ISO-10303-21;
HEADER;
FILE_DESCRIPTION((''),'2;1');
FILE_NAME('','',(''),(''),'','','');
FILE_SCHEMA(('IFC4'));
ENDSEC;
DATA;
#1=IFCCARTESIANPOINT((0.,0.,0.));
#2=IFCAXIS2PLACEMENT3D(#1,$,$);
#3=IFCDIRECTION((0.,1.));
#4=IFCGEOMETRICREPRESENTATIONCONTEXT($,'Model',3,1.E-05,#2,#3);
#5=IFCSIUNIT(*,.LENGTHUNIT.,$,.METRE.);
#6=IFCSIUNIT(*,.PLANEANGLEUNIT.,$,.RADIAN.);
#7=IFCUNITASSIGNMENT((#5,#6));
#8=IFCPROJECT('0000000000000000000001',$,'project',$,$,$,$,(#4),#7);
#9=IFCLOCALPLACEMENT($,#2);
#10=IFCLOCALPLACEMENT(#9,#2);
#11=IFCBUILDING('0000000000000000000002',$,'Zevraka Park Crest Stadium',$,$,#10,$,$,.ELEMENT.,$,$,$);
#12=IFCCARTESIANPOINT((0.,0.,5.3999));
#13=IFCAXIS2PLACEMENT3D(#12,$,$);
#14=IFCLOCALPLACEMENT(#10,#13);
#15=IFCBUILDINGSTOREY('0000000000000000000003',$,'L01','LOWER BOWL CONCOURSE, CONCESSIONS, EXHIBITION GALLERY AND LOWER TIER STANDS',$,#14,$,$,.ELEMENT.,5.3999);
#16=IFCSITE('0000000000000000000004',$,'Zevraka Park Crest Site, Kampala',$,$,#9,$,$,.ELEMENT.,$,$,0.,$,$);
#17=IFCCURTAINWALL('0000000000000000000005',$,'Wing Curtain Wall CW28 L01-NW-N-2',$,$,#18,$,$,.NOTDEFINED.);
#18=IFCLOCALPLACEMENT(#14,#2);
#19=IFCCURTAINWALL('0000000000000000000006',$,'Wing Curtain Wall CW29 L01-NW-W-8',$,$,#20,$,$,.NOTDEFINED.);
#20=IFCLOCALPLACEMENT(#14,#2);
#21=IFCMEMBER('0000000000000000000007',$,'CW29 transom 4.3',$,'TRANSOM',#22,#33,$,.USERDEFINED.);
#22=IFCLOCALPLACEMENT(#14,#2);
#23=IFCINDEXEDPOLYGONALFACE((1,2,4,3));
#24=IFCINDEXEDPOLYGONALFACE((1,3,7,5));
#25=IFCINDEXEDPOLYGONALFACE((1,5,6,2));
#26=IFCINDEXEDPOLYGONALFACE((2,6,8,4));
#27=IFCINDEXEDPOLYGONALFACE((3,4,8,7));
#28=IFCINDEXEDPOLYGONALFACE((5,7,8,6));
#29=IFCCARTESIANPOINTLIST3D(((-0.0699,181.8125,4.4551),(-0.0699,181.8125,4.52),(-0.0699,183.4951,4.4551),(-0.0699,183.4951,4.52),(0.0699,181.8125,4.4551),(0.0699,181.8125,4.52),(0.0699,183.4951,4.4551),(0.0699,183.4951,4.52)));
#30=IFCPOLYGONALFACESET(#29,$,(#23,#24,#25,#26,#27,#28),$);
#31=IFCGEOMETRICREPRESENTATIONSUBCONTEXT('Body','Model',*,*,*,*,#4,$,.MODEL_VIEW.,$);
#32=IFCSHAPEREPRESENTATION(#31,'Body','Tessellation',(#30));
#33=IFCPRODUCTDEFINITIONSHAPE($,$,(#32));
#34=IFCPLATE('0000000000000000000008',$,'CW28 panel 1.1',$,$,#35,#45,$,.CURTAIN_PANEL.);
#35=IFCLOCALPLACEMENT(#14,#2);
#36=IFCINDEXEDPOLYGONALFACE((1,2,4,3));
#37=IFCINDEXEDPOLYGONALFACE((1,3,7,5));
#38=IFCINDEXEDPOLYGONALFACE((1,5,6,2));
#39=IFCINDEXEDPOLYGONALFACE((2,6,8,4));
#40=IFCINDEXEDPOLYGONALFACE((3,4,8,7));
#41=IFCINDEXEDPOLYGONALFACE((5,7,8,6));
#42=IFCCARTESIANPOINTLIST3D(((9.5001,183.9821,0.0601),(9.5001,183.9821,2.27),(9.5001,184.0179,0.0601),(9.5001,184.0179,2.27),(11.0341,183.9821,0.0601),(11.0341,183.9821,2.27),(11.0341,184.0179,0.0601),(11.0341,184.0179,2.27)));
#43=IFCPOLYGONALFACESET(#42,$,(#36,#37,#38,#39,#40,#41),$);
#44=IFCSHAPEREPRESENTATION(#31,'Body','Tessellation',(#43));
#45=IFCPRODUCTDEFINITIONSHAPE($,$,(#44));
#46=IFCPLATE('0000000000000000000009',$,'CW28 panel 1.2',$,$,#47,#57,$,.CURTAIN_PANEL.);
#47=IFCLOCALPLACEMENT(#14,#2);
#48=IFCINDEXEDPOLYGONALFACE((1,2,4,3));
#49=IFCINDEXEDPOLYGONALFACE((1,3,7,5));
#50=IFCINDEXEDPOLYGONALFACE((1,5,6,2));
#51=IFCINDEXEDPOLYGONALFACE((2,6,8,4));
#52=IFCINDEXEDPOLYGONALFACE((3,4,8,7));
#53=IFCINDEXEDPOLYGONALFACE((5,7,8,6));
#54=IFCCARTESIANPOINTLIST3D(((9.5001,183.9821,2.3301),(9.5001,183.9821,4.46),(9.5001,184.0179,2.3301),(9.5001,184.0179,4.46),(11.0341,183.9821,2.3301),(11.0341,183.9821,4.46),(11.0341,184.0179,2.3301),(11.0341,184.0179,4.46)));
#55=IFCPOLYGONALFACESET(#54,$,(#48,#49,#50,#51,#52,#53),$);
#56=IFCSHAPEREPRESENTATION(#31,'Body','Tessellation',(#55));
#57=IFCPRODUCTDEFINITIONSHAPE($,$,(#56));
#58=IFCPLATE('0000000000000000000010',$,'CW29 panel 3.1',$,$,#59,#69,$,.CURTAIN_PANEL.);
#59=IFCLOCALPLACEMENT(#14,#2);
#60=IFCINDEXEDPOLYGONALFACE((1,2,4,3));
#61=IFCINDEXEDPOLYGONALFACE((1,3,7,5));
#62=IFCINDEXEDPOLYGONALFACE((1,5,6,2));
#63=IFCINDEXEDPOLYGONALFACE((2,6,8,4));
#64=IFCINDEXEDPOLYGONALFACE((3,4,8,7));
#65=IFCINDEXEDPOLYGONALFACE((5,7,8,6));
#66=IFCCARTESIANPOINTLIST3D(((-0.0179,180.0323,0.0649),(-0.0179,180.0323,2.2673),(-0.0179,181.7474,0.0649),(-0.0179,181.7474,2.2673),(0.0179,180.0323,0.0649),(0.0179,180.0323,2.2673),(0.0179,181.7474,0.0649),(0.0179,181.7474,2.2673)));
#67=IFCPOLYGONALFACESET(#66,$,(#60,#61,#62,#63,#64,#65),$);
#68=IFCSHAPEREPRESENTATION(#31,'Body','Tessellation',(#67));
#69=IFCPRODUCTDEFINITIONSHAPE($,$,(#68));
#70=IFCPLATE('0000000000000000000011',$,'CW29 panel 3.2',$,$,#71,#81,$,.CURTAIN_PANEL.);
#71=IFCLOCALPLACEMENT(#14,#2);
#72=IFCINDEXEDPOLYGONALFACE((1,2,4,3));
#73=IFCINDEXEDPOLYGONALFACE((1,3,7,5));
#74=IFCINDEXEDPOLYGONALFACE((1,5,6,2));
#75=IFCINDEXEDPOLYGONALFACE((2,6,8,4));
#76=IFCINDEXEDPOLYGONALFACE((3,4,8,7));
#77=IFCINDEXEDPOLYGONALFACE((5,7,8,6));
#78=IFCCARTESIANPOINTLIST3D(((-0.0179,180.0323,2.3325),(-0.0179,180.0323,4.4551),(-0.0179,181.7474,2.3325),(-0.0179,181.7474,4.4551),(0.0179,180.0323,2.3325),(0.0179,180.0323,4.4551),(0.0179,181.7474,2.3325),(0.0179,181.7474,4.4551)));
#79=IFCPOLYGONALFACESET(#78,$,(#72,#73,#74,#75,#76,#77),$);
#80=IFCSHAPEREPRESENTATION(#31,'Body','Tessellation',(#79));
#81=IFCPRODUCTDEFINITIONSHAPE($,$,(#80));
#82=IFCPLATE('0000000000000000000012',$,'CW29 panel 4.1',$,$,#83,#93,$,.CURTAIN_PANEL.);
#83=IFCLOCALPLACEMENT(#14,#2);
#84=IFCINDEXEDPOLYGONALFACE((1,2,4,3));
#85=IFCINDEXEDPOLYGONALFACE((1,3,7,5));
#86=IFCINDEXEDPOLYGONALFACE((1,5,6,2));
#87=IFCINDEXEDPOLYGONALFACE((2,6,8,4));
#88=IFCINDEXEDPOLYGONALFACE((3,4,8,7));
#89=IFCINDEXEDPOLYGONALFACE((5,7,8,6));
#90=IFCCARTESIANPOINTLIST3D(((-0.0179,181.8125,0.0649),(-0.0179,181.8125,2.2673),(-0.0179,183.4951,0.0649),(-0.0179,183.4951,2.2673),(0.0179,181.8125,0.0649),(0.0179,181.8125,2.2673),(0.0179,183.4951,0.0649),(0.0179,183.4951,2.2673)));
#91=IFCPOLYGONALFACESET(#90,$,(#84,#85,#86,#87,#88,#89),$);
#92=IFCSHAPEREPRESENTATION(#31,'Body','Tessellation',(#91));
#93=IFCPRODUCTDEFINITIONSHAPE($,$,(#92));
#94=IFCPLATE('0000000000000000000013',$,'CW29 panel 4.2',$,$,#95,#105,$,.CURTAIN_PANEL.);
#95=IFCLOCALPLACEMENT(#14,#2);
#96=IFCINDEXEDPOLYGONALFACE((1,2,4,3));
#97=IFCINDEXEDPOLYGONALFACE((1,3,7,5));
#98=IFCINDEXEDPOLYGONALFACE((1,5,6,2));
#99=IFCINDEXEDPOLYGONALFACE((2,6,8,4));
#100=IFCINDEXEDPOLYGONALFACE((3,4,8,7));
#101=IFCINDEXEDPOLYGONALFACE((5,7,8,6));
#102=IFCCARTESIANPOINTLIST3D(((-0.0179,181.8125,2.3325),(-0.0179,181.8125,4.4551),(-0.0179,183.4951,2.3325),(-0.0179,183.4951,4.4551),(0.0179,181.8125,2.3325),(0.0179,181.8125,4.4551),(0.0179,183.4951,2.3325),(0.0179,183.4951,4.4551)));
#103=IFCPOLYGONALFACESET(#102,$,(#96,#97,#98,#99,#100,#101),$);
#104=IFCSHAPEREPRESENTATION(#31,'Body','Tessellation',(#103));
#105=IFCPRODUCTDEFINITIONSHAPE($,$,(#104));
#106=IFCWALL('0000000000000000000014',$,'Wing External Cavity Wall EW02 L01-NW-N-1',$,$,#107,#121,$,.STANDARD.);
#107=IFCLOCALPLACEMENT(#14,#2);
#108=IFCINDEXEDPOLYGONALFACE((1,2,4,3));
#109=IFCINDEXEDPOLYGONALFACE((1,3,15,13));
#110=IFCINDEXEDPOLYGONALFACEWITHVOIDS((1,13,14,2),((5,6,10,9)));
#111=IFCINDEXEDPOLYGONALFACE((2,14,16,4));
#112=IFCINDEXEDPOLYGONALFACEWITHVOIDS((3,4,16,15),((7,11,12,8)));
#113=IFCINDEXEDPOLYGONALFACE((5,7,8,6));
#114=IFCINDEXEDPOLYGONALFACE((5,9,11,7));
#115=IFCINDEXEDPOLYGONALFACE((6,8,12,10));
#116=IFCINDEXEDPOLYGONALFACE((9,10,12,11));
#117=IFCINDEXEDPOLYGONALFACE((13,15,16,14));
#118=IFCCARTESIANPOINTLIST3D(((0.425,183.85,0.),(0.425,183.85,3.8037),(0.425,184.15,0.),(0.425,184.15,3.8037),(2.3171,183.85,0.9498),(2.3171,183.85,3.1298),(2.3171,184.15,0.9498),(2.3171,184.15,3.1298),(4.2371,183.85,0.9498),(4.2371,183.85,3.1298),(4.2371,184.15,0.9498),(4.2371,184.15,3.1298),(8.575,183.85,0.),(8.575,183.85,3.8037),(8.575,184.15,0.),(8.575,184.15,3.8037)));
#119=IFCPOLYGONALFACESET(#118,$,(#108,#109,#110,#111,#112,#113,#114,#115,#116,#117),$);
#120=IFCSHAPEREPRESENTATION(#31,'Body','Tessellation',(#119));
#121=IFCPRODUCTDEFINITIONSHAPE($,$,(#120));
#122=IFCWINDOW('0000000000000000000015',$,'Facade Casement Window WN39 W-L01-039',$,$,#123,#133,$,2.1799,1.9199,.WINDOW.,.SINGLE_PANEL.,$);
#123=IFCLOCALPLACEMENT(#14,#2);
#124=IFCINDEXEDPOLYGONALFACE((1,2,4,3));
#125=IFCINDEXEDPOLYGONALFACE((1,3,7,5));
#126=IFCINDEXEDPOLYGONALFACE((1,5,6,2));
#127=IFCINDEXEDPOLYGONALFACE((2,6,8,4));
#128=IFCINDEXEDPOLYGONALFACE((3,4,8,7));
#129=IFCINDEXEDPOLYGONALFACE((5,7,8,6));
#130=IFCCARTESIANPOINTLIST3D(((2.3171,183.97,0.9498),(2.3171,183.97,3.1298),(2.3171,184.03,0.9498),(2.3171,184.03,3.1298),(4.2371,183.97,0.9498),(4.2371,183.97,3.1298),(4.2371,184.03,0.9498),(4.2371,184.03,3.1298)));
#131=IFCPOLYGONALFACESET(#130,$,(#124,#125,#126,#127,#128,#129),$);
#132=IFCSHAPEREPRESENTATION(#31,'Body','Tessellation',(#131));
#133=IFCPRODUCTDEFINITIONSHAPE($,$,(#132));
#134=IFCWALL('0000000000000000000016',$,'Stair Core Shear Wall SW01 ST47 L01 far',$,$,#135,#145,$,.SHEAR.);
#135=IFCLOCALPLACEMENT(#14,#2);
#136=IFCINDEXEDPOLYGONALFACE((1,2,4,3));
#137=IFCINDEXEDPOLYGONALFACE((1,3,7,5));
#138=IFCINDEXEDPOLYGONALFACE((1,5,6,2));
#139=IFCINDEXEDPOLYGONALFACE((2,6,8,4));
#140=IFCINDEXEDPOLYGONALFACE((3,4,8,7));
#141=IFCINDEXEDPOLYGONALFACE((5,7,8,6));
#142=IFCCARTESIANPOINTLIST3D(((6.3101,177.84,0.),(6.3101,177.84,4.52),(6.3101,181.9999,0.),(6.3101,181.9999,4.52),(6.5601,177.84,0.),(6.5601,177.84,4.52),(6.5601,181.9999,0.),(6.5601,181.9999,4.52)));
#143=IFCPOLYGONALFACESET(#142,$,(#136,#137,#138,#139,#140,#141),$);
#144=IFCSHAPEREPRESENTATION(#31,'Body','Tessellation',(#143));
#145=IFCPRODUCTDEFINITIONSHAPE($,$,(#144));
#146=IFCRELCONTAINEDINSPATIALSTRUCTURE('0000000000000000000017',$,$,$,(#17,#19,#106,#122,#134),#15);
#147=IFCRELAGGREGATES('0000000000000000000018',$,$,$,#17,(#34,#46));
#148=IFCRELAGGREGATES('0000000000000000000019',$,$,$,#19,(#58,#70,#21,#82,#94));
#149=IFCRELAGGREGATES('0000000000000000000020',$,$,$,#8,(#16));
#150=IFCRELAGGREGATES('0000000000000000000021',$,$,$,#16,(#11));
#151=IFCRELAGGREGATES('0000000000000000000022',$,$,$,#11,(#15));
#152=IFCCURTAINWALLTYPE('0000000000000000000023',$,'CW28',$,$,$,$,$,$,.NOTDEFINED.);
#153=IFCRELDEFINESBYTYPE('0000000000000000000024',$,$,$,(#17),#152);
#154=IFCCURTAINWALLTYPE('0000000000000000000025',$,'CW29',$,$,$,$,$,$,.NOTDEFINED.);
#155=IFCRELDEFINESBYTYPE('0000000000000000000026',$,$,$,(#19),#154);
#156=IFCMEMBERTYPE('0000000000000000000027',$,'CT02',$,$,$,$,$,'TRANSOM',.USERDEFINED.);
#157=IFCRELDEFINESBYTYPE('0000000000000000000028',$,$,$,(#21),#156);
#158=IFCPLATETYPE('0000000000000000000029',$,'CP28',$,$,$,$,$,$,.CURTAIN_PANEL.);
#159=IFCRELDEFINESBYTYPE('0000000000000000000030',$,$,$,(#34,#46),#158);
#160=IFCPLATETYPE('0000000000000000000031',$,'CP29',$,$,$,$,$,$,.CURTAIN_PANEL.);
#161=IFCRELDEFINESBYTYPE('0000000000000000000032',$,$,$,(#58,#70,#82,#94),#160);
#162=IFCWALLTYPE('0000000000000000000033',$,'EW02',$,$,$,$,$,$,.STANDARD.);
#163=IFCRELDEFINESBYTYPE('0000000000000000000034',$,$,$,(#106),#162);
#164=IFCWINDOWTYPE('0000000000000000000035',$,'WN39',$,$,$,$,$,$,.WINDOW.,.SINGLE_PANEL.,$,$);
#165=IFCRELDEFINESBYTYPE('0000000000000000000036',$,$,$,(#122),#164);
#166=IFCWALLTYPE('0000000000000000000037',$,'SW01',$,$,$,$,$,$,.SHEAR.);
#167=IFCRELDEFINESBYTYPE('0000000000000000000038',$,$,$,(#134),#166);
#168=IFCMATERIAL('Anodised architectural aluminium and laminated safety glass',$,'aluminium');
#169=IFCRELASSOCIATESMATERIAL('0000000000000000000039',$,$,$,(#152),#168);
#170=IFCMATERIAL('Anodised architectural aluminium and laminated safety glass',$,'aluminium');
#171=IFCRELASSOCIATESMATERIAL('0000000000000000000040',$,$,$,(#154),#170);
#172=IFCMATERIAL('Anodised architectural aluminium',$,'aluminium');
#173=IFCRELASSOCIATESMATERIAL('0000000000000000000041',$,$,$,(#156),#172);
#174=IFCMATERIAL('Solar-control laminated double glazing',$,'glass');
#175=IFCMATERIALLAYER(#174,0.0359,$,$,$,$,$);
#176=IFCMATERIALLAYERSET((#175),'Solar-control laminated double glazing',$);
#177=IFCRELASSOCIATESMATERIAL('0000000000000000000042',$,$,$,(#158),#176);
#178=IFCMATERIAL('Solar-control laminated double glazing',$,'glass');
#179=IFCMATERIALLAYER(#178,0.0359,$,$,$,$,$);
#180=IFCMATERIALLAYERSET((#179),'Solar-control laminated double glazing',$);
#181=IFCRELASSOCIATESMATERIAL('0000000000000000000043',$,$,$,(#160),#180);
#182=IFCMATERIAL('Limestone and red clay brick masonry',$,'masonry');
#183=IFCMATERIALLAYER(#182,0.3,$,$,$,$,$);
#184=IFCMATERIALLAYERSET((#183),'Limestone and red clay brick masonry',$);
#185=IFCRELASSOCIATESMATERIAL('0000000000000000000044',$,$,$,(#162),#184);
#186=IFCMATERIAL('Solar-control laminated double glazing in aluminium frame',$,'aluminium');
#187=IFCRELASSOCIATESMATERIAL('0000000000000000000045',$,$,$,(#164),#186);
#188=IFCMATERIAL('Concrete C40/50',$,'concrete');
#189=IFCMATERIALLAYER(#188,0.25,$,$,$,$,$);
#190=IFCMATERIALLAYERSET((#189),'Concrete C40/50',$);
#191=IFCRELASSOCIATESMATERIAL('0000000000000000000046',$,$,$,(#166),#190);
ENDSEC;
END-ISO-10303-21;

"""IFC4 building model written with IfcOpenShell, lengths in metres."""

from ifc_helpers import new_model, si_unit, direction, frame, frame_2d, origin, origin_2d, place, context, subcontext, project, spatial, rectangle, extrude, material, layer, layer_set, material_profile, profile_set, type_object, element, fill, aggregate, save


model = new_model("IFC4")

# Units and contexts
model_context = context("Model", 3, precision=1e-05, world=origin(), true_north=direction((0.0, 1.0)))
body_context = subcontext(model_context, "Body", "Model", "MODEL_VIEW")
ifc_project = project(units=[si_unit("LENGTHUNIT", "METRE"), si_unit("PLANEANGLEUNIT", "RADIAN")], contexts=[model_context])

# Site, building, storey
site_placement = place(None, origin())
site = spatial("IfcSite", under=ifc_project, at=site_placement, Name="Zevraka Park Crest Site, Kampala", CompositionType="ELEMENT", RefElevation=0.0)
building_placement = place(site_placement, origin())
building = spatial("IfcBuilding", under=site, at=building_placement, Name="Zevraka Park Crest Stadium", CompositionType="ELEMENT")
storey_placement = place(building_placement, frame((0.0, 0.0, 5.3999)))
storey = spatial("IfcBuildingStorey", under=building, at=storey_placement, Name="L01", Description="LOWER BOWL CONCOURSE, CONCESSIONS, EXHIBITION GALLERY AND LOWER TIER STANDS", CompositionType="ELEMENT", Elevation=5.3999)

# Curtain wall
ifc_material_1 = material(Name="Anodised architectural aluminium and laminated safety glass", Category="aluminium")
curtain_wall_type_1 = type_object("IfcCurtainWallType", Name="CW28", PredefinedType="NOTDEFINED", material=ifc_material_1)
curtain_wall_1_placement = place(storey_placement, origin())
curtain_wall_1 = element("IfcCurtainWall", 1, at=curtain_wall_1_placement, inside=storey, type_object=curtain_wall_type_1, Name="Wing Curtain Wall CW28 L01-NW-N-2", PredefinedType="NOTDEFINED")

# Curtain wall
ifc_material_2 = material(Name="Anodised architectural aluminium and laminated safety glass", Category="aluminium")
curtain_wall_type_2 = type_object("IfcCurtainWallType", Name="CW29", PredefinedType="NOTDEFINED", material=ifc_material_2)
curtain_wall_2_placement = place(storey_placement, origin())
curtain_wall_2 = element("IfcCurtainWall", 2, at=curtain_wall_2_placement, inside=storey, type_object=curtain_wall_type_2, Name="Wing Curtain Wall CW29 L01-NW-W-8", PredefinedType="NOTDEFINED")

# Member
ifc_material_3 = material(Name="Anodised architectural aluminium", Category="aluminium")
ifc_material_profile_1 = material_profile(ifc_material_3, rectangle(XDim=0.1399, YDim=0.0649, at=origin_2d()), Name="ALU TRANSOM 140x65")
ifc_profile_set_1 = profile_set([ifc_material_profile_1], Name="Anodised architectural aluminium")
member_type_1 = type_object("IfcMemberType", Name="CT02", ElementType="TRANSOM", PredefinedType="USERDEFINED", material=ifc_profile_set_1)
member_1_placement = place(storey_placement, frame((0.0, 181.8125, 4.4875), z_axis=(0.0, 1.0, 0.0), x_axis=(-1.0, 0.0, 0.0)))
member_1 = element("IfcMember", 3, at=member_1_placement, type_object=member_type_1, Name="CW29 transom 4.3", ObjectType="TRANSOM", PredefinedType="USERDEFINED", context=body_context, shape_type="SweptSolid", body=[
    extrude(rectangle(XDim=0.1399, YDim=0.0649, at=origin_2d()), origin(), (0.0, 0.0, 1.0), 1.6826),
])

# Plates
ifc_material_4 = material(Name="Solar-control laminated double glazing", Category="glass")
ifc_layer_1 = layer(ifc_material_4, 0.0359)
ifc_layer_set_1 = layer_set([ifc_layer_1], Name="Solar-control laminated double glazing")
plate_type_1 = type_object("IfcPlateType", Name="CP28", PredefinedType="CURTAIN_PANEL", material=ifc_layer_set_1)
plate_1_placement = place(storey_placement, frame((10.2671, 184.0, 0.0601), z_axis=(0.0, 0.0, 1.0), x_axis=(1.0, 0.0, 0.0)))
plate_1 = element("IfcPlate", 4, at=plate_1_placement, type_object=plate_type_1, Name="CW28 panel 1.1", PredefinedType="CURTAIN_PANEL", context=body_context, shape_type="SweptSolid", body=[
    extrude(rectangle(XDim=1.5339, YDim=0.0359, at=origin_2d()), origin(), (0.0, 0.0, 1.0), 2.21),
])
plate_2_placement = place(storey_placement, frame((10.2671, 184.0, 2.3301), z_axis=(0.0, 0.0, 1.0), x_axis=(1.0, 0.0, 0.0)))
plate_2 = element("IfcPlate", 5, at=plate_2_placement, type_object=plate_type_1, Name="CW28 panel 1.2", PredefinedType="CURTAIN_PANEL", context=body_context, shape_type="SweptSolid", body=[
    extrude(rectangle(XDim=1.5339, YDim=0.0359, at=origin_2d()), origin(), (0.0, 0.0, 1.0), 2.1299),
])
aggregate(curtain_wall_1, [plate_1, plate_2])
ifc_material_5 = material(Name="Solar-control laminated double glazing", Category="glass")
ifc_layer_2 = layer(ifc_material_5, 0.0359)
ifc_layer_set_2 = layer_set([ifc_layer_2], Name="Solar-control laminated double glazing")
plate_type_2 = type_object("IfcPlateType", Name="CP29", PredefinedType="CURTAIN_PANEL", material=ifc_layer_set_2)
plate_3_placement = place(storey_placement, frame((0.0, 180.8899, 0.0649), z_axis=(0.0, 0.0, 1.0), x_axis=(0.0, 1.0, 0.0)))
plate_3 = element("IfcPlate", 6, at=plate_3_placement, type_object=plate_type_2, Name="CW29 panel 3.1", PredefinedType="CURTAIN_PANEL", context=body_context, shape_type="SweptSolid", body=[
    extrude(rectangle(XDim=1.7151, YDim=0.0359, at=origin_2d()), origin(), (0.0, 0.0, 1.0), 2.2024),
])
plate_4_placement = place(storey_placement, frame((0.0, 180.8899, 2.3325), z_axis=(0.0, 0.0, 1.0), x_axis=(0.0, 1.0, 0.0)))
plate_4 = element("IfcPlate", 7, at=plate_4_placement, type_object=plate_type_2, Name="CW29 panel 3.2", PredefinedType="CURTAIN_PANEL", context=body_context, shape_type="SweptSolid", body=[
    extrude(rectangle(XDim=1.7151, YDim=0.0359, at=origin_2d()), origin(), (0.0, 0.0, 1.0), 2.1226),
])
plate_5_placement = place(storey_placement, frame((0.0, 182.6538, 0.0649), z_axis=(0.0, 0.0, 1.0), x_axis=(0.0, 1.0, 0.0)))
plate_5 = element("IfcPlate", 8, at=plate_5_placement, type_object=plate_type_2, Name="CW29 panel 4.1", PredefinedType="CURTAIN_PANEL", context=body_context, shape_type="SweptSolid", body=[
    extrude(rectangle(XDim=1.6826, YDim=0.0359, at=origin_2d()), origin(), (0.0, 0.0, 1.0), 2.2024),
])
plate_6_placement = place(storey_placement, frame((0.0, 182.6538, 2.3325), z_axis=(0.0, 0.0, 1.0), x_axis=(0.0, 1.0, 0.0)))
plate_6 = element("IfcPlate", 9, at=plate_6_placement, type_object=plate_type_2, Name="CW29 panel 4.2", PredefinedType="CURTAIN_PANEL", context=body_context, shape_type="SweptSolid", body=[
    extrude(rectangle(XDim=1.6826, YDim=0.0359, at=origin_2d()), origin(), (0.0, 0.0, 1.0), 2.1226),
])
aggregate(curtain_wall_2, [plate_3, plate_4, member_1, plate_5, plate_6])

# Wall, opening, window
ifc_material_6 = material(Name="Limestone and red clay brick masonry", Category="masonry")
ifc_layer_3 = layer(ifc_material_6, 0.3)
ifc_layer_set_3 = layer_set([ifc_layer_3], Name="Limestone and red clay brick masonry")
wall_type_1 = type_object("IfcWallType", Name="EW02", PredefinedType="STANDARD", material=ifc_layer_set_3)
wall_1_placement = place(storey_placement, frame((0.425, 184.0, 0.0), z_axis=(0.0, 0.0, 1.0), x_axis=(1.0, 0.0, 0.0)))
wall_1 = element("IfcWall", 10, at=wall_1_placement, inside=storey, type_object=wall_type_1, Name="Wing External Cavity Wall EW02 L01-NW-N-1", PredefinedType="STANDARD", context=body_context, shape_type="SweptSolid", body=[
    extrude(rectangle(XDim=8.1499, YDim=0.3, at=frame_2d((4.075, 0.0))), origin(), (0.0, 0.0, 1.0), 3.8037),
])
opening_placement = place(wall_1_placement, frame((1.8921, 0.0, 0.95)))
opening = element("IfcOpeningElement", 11, at=opening_placement, cuts=wall_1, PredefinedType="OPENING", context=body_context, shape_type="SweptSolid", body=[
    extrude(rectangle(XDim=1.9199, YDim=2.1799, at=frame_2d((0.96, 1.0898))), frame((0.0, 0.1599, 0.0), z_axis=(0.0, -1.0, 0.0), x_axis=(1.0, 0.0, 0.0)), (0.0, 0.0, 1.0), 0.3201),
])
ifc_material_7 = material(Name="Solar-control laminated double glazing in aluminium frame", Category="aluminium")
window_type = type_object("IfcWindowType", Name="WN39", PartitioningType="SINGLE_PANEL", PredefinedType="WINDOW", material=ifc_material_7)
window_placement = place(opening_placement, origin())
window = element("IfcWindow", 12, at=window_placement, inside=storey, type_object=window_type, Name="Facade Casement Window WN39 W-L01-039", OverallHeight=2.1799, OverallWidth=1.9199, PartitioningType="SINGLE_PANEL", PredefinedType="WINDOW", context=body_context, shape_type="SweptSolid", body=[
    extrude(rectangle(XDim=1.9199, YDim=2.1799, at=frame_2d((0.96, 1.0898))), frame((0.0, 0.03, 0.0), z_axis=(0.0, -1.0, 0.0), x_axis=(1.0, 0.0, 0.0)), (0.0, 0.0, 1.0), 0.0601),
])
fill(opening, window)

# Wall
ifc_material_8 = material(Name="Concrete C40/50", Category="concrete")
ifc_layer_4 = layer(ifc_material_8, 0.25)
ifc_layer_set_4 = layer_set([ifc_layer_4], Name="Concrete C40/50")
wall_type_2 = type_object("IfcWallType", Name="SW01", PredefinedType="SHEAR", material=ifc_layer_set_4)
wall_2_placement = place(storey_placement, frame((6.4351, 182.0, 0.0), z_axis=(0.0, 0.0, 1.0), x_axis=(0.0, -1.0, 0.0)))
element("IfcWall", 13, at=wall_2_placement, inside=storey, type_object=wall_type_2, Name="Stair Core Shear Wall SW01 ST47 L01 far", PredefinedType="SHEAR", context=body_context, shape_type="SweptSolid", body=[
    extrude(rectangle(XDim=4.1599, YDim=0.25, at=frame_2d((2.0801, 0.0))), origin(), (0.0, 0.0, 1.0), 4.52),
])

save(model, "model.ifc")
